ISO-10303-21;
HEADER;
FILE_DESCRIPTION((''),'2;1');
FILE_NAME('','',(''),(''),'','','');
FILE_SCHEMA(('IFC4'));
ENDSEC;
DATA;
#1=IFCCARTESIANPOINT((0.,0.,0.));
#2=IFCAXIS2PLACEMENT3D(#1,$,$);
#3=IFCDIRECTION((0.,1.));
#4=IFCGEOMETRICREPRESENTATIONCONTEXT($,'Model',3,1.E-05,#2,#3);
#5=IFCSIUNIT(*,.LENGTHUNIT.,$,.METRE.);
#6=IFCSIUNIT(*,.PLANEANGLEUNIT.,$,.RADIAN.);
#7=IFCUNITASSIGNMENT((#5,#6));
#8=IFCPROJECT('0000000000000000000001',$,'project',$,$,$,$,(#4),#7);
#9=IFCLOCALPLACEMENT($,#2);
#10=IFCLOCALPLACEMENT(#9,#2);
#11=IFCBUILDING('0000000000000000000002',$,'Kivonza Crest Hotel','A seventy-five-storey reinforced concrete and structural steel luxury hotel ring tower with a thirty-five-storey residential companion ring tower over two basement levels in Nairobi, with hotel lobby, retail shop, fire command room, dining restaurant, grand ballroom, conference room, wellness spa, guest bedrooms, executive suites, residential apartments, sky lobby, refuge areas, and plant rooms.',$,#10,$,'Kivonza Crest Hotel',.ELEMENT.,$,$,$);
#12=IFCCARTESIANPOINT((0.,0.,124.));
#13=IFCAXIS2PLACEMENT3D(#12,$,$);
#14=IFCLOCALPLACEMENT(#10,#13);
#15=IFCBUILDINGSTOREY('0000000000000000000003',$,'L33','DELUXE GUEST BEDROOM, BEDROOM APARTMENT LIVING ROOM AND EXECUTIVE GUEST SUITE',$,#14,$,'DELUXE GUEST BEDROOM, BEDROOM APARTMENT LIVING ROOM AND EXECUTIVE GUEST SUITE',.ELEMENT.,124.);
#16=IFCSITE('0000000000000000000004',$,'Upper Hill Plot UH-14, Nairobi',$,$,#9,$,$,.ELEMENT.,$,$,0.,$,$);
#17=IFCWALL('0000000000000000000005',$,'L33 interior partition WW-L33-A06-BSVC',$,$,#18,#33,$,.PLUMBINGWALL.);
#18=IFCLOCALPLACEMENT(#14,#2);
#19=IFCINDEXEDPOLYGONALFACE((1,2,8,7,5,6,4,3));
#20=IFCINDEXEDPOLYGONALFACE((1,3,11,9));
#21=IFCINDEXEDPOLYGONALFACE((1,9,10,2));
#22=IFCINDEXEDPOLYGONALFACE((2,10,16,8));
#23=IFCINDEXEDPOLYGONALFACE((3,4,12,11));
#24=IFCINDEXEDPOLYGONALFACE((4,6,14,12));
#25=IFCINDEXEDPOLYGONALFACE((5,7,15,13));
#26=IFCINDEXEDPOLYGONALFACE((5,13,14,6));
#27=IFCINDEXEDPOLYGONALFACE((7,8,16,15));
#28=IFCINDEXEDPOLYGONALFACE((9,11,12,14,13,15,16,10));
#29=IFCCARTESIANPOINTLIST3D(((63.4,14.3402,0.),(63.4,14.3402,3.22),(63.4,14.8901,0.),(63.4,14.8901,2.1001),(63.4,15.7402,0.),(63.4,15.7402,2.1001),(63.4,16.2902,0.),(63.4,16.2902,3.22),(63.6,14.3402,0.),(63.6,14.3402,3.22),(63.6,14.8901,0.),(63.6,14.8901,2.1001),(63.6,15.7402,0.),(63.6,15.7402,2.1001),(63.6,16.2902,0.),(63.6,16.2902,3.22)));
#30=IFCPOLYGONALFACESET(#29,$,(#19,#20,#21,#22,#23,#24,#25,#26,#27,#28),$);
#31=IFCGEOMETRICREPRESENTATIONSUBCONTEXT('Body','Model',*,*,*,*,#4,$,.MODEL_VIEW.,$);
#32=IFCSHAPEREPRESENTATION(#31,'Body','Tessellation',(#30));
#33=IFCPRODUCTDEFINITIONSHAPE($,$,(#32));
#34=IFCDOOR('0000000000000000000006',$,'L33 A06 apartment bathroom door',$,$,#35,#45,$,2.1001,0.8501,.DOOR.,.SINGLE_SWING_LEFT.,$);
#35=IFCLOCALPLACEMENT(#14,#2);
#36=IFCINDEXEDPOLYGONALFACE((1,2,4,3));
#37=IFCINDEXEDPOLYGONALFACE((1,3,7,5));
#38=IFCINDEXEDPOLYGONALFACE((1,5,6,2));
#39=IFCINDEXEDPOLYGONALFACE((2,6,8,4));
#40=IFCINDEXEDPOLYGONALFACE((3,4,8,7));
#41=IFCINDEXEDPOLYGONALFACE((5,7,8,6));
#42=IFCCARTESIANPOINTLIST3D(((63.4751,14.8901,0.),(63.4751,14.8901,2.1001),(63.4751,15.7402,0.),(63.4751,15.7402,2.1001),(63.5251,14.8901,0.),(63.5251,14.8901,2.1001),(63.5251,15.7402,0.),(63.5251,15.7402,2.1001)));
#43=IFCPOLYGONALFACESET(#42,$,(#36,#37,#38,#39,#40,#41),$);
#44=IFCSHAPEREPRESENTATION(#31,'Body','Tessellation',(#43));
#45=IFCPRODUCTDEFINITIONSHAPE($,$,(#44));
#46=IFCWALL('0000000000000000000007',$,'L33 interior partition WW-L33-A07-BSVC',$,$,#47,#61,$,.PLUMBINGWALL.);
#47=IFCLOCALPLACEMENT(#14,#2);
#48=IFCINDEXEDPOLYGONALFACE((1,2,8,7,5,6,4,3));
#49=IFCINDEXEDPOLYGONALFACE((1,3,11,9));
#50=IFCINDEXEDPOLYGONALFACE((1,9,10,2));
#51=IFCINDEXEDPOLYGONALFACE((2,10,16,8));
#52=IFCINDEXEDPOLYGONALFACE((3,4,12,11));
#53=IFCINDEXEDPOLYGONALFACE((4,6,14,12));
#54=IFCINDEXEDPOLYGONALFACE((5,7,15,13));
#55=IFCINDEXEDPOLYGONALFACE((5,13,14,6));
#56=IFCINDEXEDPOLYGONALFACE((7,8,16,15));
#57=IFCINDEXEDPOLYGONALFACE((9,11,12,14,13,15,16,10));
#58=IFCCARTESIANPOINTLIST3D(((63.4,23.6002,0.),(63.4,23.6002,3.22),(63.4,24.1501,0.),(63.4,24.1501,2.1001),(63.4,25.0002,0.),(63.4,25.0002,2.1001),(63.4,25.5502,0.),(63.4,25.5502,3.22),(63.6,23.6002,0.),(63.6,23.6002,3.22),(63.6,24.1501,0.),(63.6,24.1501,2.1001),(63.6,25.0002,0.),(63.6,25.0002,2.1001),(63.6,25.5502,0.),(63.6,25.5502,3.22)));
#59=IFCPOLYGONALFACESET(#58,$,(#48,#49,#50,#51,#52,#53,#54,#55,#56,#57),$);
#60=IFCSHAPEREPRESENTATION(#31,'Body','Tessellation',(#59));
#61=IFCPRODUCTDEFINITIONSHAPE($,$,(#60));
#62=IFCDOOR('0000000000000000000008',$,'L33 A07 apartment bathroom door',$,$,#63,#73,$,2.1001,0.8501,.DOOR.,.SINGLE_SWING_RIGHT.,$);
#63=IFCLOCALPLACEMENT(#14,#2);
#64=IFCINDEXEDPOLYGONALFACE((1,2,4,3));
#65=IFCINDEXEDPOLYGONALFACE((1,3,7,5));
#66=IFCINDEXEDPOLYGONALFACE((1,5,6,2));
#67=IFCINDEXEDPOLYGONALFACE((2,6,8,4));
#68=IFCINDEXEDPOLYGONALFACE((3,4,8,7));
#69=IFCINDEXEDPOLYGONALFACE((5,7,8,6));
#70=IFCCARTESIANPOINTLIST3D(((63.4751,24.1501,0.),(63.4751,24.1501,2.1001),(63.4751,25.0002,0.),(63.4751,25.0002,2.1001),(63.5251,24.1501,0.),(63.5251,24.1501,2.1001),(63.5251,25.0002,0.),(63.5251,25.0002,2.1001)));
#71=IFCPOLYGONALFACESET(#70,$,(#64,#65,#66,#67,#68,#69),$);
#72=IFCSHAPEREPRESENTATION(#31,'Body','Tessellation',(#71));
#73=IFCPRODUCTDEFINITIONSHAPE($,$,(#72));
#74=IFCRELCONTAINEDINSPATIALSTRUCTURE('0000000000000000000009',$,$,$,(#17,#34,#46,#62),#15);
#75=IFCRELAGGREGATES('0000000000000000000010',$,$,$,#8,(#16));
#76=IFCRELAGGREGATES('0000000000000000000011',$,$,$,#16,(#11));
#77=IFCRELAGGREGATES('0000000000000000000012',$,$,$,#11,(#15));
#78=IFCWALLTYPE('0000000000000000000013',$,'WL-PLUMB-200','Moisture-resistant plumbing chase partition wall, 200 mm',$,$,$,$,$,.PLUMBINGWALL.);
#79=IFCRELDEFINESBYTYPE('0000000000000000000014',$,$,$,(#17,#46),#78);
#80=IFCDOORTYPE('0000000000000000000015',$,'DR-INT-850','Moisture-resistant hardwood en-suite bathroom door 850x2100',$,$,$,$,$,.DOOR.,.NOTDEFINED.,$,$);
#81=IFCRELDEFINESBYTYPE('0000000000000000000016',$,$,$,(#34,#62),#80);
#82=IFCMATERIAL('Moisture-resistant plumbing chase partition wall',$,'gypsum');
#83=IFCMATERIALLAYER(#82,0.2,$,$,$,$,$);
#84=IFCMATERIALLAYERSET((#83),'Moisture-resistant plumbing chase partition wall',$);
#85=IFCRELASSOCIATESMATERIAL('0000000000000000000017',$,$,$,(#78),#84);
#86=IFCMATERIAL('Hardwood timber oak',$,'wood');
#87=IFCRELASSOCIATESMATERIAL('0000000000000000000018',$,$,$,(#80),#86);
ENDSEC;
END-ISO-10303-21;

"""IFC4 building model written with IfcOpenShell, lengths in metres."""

from ifc_helpers import new_model, si_unit, direction, frame, frame_2d, origin, place, context, subcontext, project, spatial, rectangle, extrude, material, layer, layer_set, type_object, element, fill, save


model = new_model("IFC4")

# Units and contexts
model_context = context("Model", 3, precision=1e-05, world=origin(), true_north=direction((0.0, 1.0)))
body_context = subcontext(model_context, "Body", "Model", "MODEL_VIEW")
ifc_project = project(units=[si_unit("LENGTHUNIT", "METRE"), si_unit("PLANEANGLEUNIT", "RADIAN")], contexts=[model_context])

# Site, building, storey
site_placement = place(None, origin())
site = spatial("IfcSite", under=ifc_project, at=site_placement, Name="Upper Hill Plot UH-14, Nairobi", CompositionType="ELEMENT", RefElevation=0.0)
building_placement = place(site_placement, origin())
building = spatial("IfcBuilding", under=site, at=building_placement, Name="Kivonza Crest Hotel", Description="A seventy-five-storey reinforced concrete and structural steel luxury hotel ring tower with a thirty-five-storey residential companion ring tower over two basement levels in Nairobi, with hotel lobby, retail shop, fire command room, dining restaurant, grand ballroom, conference room, wellness spa, guest bedrooms, executive suites, residential apartments, sky lobby, refuge areas, and plant rooms.", LongName="Kivonza Crest Hotel", CompositionType="ELEMENT")
storey_placement = place(building_placement, frame((0.0, 0.0, 124.0)))
storey = spatial("IfcBuildingStorey", under=building, at=storey_placement, Name="L33", Description="DELUXE GUEST BEDROOM, BEDROOM APARTMENT LIVING ROOM AND EXECUTIVE GUEST SUITE", LongName="DELUXE GUEST BEDROOM, BEDROOM APARTMENT LIVING ROOM AND EXECUTIVE GUEST SUITE", CompositionType="ELEMENT", Elevation=124.0)

# Shared definitions
ifc_material_1 = material(Name="Hardwood timber oak", Category="wood")

# Shared definitions
ifc_material_2 = material(Name="Moisture-resistant plumbing chase partition wall", Category="gypsum")
ifc_layer_1 = layer(ifc_material_2, 0.2)
ifc_layer_set_1 = layer_set([ifc_layer_1], Name="Moisture-resistant plumbing chase partition wall")
wall_type_1 = type_object("IfcWallType", Name="WL-PLUMB-200", Description="Moisture-resistant plumbing chase partition wall, 200 mm", PredefinedType="PLUMBINGWALL", material=ifc_layer_set_1)

# Walls, openings, doors
wall_1_placement = place(storey_placement, frame((63.5, 14.3401, 0.0), z_axis=(0.0, 0.0, 1.0), x_axis=(0.0, 1.0, 0.0)))
wall_1 = element("IfcWall", 1, at=wall_1_placement, inside=storey, type_object=wall_type_1, Name="L33 interior partition WW-L33-A06-BSVC", PredefinedType="PLUMBINGWALL", context=body_context, shape_type="SweptSolid", body=[
    extrude(rectangle(XDim=1.95, YDim=0.2, at=frame_2d((0.9751, 0.0))), origin(), (0.0, 0.0, 1.0), 3.22),
])
opening_1_placement = place(wall_1_placement, frame((0.55, 0.0, 0.0)))
opening_1 = element("IfcOpeningElement", 2, at=opening_1_placement, cuts=wall_1, PredefinedType="OPENING", context=body_context, shape_type="SweptSolid", body=[
    extrude(rectangle(XDim=0.8501, YDim=2.1001, at=frame_2d((0.425, 1.05))), frame((0.0, 0.1099, 0.0), z_axis=(0.0, -1.0, 0.0), x_axis=(1.0, 0.0, 0.0)), (0.0, 0.0, 1.0), 0.22),
])
door_type_1 = type_object("IfcDoorType", Name="DR-INT-850", Description="Moisture-resistant hardwood en-suite bathroom door 850x2100", OperationType="NOTDEFINED", PredefinedType="DOOR", material=ifc_material_1)
door_1_placement = place(opening_1_placement, origin())
door_1 = element("IfcDoor", 3, at=door_1_placement, inside=storey, type_object=door_type_1, Name="L33 A06 apartment bathroom door", OperationType="SINGLE_SWING_LEFT", OverallHeight=2.1001, OverallWidth=0.8501, PredefinedType="DOOR", context=body_context, shape_type="SweptSolid", body=[
    extrude(rectangle(XDim=0.8501, YDim=2.1001, at=frame_2d((0.425, 1.05))), frame((0.0, 0.0249, 0.0), z_axis=(0.0, -1.0, 0.0), x_axis=(1.0, 0.0, 0.0)), (0.0, 0.0, 1.0), 0.05),
])
fill(opening_1, door_1)
wall_2_placement = place(storey_placement, frame((63.5, 23.6001, 0.0), z_axis=(0.0, 0.0, 1.0), x_axis=(0.0, 1.0, 0.0)))
wall_2 = element("IfcWall", 4, at=wall_2_placement, inside=storey, type_object=wall_type_1, Name="L33 interior partition WW-L33-A07-BSVC", PredefinedType="PLUMBINGWALL", context=body_context, shape_type="SweptSolid", body=[
    extrude(rectangle(XDim=1.95, YDim=0.2, at=frame_2d((0.9751, 0.0))), origin(), (0.0, 0.0, 1.0), 3.22),
])
opening_2_placement = place(wall_2_placement, frame((0.55, 0.0, 0.0)))
opening_2 = element("IfcOpeningElement", 5, at=opening_2_placement, cuts=wall_2, PredefinedType="OPENING", context=body_context, shape_type="SweptSolid", body=[
    extrude(rectangle(XDim=0.8501, YDim=2.1001, at=frame_2d((0.425, 1.05))), frame((0.0, 0.1099, 0.0), z_axis=(0.0, -1.0, 0.0), x_axis=(1.0, 0.0, 0.0)), (0.0, 0.0, 1.0), 0.22),
])
door_2_placement = place(opening_2_placement, origin())
door_2 = element("IfcDoor", 6, at=door_2_placement, inside=storey, type_object=door_type_1, Name="L33 A07 apartment bathroom door", OperationType="SINGLE_SWING_RIGHT", OverallHeight=2.1001, OverallWidth=0.8501, PredefinedType="DOOR", context=body_context, shape_type="SweptSolid", body=[
    extrude(rectangle(XDim=0.8501, YDim=2.1001, at=frame_2d((0.425, 1.05))), frame((0.0, 0.0249, 0.0), z_axis=(0.0, -1.0, 0.0), x_axis=(1.0, 0.0, 0.0)), (0.0, 0.0, 1.0), 0.05),
])
fill(opening_2, door_2)

save(model, "model.ifc")
